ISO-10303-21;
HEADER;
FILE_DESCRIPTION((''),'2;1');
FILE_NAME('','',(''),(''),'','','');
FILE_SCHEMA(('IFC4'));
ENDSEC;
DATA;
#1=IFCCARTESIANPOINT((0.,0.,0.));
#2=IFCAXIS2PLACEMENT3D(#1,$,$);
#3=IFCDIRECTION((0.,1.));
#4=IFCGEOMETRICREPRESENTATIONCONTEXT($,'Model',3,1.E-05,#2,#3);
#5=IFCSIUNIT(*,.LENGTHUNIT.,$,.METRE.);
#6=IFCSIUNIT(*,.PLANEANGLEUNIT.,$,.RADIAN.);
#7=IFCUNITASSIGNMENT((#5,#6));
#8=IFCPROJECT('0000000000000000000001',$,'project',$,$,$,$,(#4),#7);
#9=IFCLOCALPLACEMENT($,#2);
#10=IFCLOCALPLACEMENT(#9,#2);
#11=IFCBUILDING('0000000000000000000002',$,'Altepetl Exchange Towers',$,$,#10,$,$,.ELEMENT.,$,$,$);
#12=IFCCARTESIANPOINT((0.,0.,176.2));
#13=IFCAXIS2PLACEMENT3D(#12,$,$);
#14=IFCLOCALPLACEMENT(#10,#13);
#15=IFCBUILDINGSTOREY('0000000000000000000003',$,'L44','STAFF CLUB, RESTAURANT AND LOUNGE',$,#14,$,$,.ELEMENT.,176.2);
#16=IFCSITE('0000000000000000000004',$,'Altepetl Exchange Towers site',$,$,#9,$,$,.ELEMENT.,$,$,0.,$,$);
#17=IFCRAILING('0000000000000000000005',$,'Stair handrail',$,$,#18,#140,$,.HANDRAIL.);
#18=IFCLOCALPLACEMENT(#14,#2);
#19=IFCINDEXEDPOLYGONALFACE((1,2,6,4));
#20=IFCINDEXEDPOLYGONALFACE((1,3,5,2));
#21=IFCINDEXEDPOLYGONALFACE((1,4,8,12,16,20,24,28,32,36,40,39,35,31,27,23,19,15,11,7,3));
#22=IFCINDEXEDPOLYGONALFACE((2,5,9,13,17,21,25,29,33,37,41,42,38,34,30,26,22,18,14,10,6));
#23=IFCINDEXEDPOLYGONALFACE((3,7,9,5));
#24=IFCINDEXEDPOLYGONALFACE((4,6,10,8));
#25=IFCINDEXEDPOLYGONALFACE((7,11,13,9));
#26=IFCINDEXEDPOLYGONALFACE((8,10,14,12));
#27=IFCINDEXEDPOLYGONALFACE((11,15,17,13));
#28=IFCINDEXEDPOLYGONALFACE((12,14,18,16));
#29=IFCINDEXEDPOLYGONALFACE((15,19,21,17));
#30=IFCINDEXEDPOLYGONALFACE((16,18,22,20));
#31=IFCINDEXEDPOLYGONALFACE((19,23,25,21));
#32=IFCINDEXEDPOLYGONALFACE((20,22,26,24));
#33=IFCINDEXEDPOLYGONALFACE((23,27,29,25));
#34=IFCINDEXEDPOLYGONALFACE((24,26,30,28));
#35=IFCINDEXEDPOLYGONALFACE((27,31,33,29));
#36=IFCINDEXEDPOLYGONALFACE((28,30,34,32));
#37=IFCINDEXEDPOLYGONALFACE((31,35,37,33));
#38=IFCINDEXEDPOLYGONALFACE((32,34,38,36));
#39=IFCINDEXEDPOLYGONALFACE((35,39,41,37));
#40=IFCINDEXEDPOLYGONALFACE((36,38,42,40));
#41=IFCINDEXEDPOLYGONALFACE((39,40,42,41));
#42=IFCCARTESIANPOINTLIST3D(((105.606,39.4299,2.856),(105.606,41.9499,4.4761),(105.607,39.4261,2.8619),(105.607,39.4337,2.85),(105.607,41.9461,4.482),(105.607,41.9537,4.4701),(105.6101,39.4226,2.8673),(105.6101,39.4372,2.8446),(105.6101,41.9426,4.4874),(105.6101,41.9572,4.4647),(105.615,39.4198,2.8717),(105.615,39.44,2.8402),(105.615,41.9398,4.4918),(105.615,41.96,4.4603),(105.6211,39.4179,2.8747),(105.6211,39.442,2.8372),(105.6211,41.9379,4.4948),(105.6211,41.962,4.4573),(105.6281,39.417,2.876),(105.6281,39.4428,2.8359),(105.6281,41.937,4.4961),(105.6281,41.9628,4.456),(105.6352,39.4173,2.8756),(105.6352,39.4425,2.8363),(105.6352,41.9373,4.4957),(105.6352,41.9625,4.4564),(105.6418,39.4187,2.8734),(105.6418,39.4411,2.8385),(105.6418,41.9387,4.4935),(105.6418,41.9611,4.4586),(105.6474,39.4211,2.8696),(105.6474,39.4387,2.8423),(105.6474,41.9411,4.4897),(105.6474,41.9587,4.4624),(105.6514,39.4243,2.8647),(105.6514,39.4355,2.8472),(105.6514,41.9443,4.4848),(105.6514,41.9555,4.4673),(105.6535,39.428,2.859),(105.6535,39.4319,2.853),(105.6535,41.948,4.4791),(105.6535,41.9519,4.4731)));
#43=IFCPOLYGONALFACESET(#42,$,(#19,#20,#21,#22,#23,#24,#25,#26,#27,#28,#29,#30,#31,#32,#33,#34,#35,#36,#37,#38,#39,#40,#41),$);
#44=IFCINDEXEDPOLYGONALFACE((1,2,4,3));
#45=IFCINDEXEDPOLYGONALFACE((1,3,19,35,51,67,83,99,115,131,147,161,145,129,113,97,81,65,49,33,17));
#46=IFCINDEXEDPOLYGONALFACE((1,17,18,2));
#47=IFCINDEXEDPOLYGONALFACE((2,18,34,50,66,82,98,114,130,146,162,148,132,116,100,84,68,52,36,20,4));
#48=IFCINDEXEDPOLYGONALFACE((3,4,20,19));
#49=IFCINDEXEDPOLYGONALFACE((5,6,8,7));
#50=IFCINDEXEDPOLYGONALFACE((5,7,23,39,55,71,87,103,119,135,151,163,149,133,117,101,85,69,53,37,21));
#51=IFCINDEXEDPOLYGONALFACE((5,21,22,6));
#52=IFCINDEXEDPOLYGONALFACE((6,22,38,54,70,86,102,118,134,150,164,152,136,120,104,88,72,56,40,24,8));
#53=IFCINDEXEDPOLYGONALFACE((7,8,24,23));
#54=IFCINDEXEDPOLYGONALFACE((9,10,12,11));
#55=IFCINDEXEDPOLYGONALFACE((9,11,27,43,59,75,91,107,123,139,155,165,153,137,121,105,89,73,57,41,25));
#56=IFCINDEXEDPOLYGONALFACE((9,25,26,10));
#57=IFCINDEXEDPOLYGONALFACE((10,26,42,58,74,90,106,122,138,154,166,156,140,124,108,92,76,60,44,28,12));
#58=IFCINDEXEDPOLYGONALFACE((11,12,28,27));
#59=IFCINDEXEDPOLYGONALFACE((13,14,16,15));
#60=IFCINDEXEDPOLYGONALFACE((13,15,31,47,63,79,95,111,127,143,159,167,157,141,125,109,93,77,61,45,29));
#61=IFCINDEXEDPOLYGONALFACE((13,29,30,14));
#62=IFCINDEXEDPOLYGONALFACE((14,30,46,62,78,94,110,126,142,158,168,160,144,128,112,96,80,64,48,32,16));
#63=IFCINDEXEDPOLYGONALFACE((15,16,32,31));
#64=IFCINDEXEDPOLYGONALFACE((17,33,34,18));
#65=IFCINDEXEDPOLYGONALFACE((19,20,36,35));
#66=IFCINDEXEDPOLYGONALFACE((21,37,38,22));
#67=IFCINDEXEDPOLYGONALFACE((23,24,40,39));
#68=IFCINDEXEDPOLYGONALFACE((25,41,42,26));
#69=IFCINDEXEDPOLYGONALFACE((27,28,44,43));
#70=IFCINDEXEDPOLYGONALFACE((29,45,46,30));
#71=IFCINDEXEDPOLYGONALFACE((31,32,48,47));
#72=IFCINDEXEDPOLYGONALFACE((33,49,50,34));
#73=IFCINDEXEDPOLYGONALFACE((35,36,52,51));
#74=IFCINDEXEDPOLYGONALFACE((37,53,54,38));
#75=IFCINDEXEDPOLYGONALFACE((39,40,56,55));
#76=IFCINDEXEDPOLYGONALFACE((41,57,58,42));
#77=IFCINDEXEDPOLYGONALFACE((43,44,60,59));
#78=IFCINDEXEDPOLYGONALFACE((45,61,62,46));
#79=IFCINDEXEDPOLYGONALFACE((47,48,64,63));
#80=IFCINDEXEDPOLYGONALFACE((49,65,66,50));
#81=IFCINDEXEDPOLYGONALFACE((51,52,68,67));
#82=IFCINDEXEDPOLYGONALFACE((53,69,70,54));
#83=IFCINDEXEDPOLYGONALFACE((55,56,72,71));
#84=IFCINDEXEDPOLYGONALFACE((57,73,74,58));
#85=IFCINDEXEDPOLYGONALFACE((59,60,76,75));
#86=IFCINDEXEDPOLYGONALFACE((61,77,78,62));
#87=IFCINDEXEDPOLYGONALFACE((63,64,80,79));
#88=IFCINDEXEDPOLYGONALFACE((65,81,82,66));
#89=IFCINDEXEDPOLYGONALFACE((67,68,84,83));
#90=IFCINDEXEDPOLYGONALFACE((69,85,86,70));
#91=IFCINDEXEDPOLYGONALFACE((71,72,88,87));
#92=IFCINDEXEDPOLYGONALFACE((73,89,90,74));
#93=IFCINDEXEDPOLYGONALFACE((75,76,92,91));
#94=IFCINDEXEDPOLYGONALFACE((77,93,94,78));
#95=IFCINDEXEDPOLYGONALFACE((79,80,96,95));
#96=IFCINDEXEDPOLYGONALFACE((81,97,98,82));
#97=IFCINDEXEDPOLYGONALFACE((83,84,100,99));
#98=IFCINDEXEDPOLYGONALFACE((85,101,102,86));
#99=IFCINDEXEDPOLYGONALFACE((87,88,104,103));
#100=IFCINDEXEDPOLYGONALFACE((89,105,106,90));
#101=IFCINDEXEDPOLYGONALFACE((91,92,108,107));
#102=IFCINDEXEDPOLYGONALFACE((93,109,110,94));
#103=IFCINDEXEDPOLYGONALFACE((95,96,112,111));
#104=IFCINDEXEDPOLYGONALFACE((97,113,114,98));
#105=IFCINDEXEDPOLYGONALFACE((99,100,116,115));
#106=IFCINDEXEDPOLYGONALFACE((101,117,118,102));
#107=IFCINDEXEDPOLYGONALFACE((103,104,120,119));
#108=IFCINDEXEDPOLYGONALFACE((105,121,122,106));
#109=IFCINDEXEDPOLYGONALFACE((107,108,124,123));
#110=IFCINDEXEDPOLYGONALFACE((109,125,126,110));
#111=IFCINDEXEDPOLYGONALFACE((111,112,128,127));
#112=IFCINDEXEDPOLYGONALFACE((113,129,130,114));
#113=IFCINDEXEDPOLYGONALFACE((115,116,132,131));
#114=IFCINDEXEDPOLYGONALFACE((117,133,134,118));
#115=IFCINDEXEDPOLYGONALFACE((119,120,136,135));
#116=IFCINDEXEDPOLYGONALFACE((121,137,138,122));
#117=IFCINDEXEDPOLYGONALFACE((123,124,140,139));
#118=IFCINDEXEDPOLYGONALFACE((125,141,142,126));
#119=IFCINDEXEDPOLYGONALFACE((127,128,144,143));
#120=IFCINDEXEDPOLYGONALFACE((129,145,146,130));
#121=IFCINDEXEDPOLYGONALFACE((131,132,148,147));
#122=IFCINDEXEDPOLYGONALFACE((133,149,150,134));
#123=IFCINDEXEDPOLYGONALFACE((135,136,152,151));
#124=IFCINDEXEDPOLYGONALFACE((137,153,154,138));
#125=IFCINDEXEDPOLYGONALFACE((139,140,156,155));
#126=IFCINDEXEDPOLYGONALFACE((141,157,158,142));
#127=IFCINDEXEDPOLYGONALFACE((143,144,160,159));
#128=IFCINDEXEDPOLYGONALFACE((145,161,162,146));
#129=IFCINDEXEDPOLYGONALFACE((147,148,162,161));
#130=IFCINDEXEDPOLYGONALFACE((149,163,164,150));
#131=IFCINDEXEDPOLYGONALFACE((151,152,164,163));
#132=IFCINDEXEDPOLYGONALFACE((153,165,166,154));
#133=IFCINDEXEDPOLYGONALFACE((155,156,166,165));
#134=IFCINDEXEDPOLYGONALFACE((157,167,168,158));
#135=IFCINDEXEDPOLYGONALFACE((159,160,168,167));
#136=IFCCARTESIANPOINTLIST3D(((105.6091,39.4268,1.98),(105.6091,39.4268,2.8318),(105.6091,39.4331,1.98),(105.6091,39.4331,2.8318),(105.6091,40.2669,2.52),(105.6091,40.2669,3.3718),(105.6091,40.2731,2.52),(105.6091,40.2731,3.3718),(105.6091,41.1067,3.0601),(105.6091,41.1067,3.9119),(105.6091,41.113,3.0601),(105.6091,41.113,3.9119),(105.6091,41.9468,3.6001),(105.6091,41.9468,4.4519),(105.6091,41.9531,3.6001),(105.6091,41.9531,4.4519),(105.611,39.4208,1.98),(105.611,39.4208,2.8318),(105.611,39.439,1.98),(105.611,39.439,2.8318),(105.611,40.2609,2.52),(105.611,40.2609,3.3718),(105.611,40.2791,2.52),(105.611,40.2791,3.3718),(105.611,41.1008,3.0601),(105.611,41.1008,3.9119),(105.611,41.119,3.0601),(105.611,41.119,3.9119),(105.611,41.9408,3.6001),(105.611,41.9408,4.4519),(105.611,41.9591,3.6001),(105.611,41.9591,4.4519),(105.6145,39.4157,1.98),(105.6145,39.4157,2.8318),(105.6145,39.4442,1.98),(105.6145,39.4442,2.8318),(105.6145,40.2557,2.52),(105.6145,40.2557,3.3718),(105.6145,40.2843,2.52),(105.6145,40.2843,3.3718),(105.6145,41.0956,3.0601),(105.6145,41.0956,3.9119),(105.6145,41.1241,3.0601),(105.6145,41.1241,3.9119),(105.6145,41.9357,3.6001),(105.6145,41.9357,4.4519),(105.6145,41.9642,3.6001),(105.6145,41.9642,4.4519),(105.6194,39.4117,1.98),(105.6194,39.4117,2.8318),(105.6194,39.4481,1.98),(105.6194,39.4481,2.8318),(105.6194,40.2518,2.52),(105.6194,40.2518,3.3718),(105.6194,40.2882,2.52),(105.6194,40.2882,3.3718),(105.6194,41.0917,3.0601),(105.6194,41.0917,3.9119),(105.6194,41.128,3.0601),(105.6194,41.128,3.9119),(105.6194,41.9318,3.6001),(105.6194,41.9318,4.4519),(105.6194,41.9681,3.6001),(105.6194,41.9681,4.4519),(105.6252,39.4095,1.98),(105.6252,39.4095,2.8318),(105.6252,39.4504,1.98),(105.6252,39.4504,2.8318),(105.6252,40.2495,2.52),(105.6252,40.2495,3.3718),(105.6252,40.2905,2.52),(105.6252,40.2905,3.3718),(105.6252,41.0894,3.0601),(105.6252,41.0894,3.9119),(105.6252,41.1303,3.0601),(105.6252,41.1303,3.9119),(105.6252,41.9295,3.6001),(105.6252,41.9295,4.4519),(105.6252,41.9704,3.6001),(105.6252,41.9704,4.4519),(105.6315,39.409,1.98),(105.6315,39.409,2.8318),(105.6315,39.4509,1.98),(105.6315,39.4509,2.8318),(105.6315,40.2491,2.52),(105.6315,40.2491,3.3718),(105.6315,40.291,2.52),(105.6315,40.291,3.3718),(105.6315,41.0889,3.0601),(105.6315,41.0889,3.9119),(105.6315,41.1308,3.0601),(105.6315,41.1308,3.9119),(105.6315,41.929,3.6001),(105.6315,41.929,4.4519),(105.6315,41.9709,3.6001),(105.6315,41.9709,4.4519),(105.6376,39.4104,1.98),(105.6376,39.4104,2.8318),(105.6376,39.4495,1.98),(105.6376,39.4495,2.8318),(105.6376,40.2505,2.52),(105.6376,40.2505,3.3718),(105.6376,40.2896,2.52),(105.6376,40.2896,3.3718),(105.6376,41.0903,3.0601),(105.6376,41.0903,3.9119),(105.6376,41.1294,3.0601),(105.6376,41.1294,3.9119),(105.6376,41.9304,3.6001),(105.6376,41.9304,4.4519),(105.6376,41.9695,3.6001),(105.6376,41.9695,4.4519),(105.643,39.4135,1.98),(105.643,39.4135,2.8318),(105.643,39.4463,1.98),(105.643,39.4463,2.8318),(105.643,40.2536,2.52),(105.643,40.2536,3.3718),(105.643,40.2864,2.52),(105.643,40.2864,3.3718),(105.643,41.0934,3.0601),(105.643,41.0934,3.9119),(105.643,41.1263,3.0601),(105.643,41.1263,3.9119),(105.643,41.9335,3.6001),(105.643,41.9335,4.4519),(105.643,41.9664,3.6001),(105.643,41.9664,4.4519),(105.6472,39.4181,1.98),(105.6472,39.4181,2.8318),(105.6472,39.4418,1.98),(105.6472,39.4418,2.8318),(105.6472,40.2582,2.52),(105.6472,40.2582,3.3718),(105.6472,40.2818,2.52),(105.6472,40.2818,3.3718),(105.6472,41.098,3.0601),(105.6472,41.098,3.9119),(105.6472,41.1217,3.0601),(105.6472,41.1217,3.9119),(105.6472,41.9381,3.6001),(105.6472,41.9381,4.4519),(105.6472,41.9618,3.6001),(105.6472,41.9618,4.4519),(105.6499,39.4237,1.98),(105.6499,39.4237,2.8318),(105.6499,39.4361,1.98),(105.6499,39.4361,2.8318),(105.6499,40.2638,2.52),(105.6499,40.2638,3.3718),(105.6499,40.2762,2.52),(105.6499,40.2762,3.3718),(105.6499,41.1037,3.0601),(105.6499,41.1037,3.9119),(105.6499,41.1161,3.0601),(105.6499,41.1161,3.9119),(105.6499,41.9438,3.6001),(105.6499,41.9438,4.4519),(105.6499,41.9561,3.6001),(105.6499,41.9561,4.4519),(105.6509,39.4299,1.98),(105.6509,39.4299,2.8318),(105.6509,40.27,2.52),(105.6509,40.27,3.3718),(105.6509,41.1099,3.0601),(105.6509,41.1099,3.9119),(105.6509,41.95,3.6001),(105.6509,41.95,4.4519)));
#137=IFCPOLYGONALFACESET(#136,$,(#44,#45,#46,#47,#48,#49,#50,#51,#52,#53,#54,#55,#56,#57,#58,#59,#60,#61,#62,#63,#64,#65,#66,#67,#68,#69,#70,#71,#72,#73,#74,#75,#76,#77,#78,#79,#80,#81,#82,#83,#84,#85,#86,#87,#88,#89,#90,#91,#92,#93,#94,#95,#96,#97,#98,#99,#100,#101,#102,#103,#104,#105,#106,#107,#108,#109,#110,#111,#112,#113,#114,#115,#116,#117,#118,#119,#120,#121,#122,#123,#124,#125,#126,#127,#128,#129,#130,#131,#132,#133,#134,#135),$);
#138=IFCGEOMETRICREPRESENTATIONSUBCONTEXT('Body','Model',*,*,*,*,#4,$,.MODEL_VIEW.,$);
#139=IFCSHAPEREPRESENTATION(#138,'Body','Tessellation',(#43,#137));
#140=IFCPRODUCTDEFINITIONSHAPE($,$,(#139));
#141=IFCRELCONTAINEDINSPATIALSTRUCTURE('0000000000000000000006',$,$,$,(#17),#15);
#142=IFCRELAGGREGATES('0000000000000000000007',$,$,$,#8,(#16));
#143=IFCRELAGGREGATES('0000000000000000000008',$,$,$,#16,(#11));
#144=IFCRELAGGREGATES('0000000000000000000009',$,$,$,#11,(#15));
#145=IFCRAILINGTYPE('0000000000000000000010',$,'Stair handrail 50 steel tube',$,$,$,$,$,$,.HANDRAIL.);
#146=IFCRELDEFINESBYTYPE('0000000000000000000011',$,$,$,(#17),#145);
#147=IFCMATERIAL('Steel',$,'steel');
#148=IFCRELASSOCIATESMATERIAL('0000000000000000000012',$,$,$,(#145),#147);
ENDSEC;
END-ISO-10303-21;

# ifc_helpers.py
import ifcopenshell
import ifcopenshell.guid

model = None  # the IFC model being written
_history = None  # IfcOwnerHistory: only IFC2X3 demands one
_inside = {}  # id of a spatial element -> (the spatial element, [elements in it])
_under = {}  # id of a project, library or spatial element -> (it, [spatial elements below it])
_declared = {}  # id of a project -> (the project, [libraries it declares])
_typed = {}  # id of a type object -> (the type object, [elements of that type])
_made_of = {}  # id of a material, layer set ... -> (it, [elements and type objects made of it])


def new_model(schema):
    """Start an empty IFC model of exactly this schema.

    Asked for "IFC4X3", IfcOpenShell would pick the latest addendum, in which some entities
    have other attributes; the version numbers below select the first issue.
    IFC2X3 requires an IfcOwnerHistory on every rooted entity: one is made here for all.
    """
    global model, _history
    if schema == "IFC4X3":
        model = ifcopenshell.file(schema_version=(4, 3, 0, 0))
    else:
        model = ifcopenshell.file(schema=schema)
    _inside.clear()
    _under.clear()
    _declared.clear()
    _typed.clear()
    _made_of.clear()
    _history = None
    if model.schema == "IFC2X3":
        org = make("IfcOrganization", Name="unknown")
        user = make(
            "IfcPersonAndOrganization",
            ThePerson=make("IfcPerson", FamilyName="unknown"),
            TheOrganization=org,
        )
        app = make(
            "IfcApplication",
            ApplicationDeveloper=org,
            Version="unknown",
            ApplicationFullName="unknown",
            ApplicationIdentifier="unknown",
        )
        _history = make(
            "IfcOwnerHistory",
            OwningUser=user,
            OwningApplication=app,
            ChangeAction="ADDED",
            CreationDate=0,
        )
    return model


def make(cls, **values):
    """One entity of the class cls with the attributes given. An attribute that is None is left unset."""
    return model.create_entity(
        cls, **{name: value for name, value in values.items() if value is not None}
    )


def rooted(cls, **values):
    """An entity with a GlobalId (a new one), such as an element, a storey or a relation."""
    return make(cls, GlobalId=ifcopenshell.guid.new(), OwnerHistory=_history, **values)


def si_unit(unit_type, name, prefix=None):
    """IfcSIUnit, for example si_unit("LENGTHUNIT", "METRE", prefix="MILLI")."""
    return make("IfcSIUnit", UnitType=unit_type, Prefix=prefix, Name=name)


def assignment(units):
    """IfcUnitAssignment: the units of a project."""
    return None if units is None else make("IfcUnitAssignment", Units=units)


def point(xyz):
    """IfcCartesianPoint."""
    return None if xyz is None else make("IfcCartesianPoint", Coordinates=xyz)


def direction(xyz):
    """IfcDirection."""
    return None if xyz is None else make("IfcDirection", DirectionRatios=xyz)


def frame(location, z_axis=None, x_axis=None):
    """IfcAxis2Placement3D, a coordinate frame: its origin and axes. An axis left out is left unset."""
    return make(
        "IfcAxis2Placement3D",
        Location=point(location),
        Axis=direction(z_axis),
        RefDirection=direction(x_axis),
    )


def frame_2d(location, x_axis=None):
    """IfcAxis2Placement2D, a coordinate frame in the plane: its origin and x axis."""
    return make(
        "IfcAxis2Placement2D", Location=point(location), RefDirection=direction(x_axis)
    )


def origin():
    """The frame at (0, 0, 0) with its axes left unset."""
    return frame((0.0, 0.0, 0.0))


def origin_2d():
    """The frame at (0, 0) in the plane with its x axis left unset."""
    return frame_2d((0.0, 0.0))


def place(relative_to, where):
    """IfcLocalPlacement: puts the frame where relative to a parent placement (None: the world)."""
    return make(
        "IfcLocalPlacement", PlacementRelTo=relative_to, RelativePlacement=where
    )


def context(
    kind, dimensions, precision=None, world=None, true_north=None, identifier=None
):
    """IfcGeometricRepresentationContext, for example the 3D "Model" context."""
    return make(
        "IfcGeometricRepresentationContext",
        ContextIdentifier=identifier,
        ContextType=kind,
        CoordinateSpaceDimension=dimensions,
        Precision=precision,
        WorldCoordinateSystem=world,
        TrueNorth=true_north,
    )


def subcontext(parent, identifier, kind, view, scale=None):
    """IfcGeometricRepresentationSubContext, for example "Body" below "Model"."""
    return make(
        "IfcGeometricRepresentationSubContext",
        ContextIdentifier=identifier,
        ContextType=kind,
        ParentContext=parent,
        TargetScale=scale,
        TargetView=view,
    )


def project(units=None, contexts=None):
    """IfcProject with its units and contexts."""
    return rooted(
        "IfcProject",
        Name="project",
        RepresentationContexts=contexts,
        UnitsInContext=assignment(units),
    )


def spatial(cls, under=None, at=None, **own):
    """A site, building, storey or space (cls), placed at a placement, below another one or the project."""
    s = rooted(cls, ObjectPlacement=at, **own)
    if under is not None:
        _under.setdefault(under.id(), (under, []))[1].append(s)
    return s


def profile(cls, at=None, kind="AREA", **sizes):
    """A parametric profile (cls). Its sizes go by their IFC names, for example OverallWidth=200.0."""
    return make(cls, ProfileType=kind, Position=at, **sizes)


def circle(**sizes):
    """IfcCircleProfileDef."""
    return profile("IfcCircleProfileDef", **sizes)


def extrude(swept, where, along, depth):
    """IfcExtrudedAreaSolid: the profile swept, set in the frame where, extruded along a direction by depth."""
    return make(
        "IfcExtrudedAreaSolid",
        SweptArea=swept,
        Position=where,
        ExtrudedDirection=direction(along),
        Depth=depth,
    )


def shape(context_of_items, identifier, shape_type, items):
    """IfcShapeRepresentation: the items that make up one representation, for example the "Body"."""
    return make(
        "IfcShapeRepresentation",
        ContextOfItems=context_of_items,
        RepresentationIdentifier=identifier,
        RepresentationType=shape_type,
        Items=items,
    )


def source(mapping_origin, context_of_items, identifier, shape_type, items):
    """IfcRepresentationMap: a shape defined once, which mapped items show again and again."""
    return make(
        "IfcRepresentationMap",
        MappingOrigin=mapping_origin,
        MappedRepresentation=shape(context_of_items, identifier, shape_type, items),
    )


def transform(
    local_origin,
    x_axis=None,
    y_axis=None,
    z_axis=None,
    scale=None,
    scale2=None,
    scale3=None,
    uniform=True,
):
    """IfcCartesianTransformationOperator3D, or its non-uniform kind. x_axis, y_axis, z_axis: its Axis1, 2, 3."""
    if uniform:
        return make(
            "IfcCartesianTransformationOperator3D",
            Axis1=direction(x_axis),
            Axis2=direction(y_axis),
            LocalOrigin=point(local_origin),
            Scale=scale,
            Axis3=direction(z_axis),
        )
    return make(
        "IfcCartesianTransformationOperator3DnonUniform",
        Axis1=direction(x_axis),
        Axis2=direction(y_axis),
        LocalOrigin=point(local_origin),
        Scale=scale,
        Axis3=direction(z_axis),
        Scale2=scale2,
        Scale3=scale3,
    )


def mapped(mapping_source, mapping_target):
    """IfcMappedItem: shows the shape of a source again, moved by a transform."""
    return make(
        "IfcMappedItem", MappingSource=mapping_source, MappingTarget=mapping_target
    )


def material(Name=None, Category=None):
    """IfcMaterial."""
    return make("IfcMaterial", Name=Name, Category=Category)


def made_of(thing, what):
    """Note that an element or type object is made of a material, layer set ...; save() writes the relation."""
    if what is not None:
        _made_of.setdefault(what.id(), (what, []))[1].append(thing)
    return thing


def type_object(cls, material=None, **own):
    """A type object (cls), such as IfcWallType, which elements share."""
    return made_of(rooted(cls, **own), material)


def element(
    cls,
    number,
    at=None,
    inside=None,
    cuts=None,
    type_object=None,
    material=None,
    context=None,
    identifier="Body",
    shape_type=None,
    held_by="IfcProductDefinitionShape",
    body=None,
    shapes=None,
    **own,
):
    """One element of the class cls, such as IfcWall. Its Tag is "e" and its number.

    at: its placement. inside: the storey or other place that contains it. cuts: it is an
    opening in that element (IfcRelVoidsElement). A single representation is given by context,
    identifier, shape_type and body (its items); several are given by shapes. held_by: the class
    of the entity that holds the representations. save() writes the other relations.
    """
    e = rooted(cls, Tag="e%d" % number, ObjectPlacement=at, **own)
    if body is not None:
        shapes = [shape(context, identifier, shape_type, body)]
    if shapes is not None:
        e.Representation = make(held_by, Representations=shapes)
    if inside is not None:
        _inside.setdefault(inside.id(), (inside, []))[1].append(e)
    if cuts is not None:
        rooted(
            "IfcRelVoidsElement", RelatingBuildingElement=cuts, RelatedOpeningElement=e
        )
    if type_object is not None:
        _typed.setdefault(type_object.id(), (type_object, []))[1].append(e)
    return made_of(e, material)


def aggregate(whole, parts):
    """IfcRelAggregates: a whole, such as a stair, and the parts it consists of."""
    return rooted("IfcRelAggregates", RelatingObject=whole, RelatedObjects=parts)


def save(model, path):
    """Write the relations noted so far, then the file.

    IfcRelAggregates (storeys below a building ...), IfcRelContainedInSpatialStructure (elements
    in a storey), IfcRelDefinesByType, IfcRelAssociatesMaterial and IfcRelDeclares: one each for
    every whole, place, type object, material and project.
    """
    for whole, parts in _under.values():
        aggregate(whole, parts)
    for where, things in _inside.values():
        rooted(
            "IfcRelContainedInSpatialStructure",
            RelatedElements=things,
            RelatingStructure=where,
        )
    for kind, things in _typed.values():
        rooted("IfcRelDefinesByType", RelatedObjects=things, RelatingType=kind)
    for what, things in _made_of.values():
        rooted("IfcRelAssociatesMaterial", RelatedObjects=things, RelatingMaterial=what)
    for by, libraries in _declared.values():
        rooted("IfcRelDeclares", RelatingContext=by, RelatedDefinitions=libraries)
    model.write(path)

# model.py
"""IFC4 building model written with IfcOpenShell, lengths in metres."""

from ifc_helpers import new_model, si_unit, direction, frame, origin, origin_2d, place, context, subcontext, project, spatial, circle, extrude, source, transform, mapped, material, type_object, element, save


model = new_model("IFC4")

# Units and contexts
model_context = context("Model", 3, precision=1e-05, world=origin(), true_north=direction((0.0, 1.0)))
body_context = subcontext(model_context, "Body", "Model", "MODEL_VIEW")
ifc_project = project(units=[si_unit("LENGTHUNIT", "METRE"), si_unit("PLANEANGLEUNIT", "RADIAN")], contexts=[model_context])

# Site, building, storey
site_placement = place(None, origin())
site = spatial("IfcSite", under=ifc_project, at=site_placement, Name="Altepetl Exchange Towers site", CompositionType="ELEMENT", RefElevation=0.0)
building_placement = place(site_placement, origin())
building = spatial("IfcBuilding", under=site, at=building_placement, Name="Altepetl Exchange Towers", CompositionType="ELEMENT")
storey_placement = place(building_placement, frame((0.0, 0.0, 176.2)))
storey = spatial("IfcBuildingStorey", under=building, at=storey_placement, Name="L44", Description="STAFF CLUB, RESTAURANT AND LOUNGE", CompositionType="ELEMENT", Elevation=176.2)

# Railing
ifc_material_1 = material(Name="Steel", Category="steel")
railing_type = type_object("IfcRailingType", Name="Stair handrail 50 steel tube", PredefinedType="HANDRAIL", material=ifc_material_1)
shared_shape = source(origin(), body_context, "Body", "SweptSolid", [
    extrude(circle(Radius=0.021, at=origin_2d()), origin(), (0.0, 0.0, 1.0), 0.8518),
])
railing_1_placement = place(storey_placement, frame((105.6299, 39.4299, 1.98)))
element("IfcRailing", 1, at=railing_1_placement, inside=storey, type_object=railing_type, Name="Stair handrail", PredefinedType="HANDRAIL", context=body_context, shape_type="SweptSolid", body=[
    extrude(circle(Radius=0.0239, at=origin_2d()), frame((0.0, 0.0, 0.876), z_axis=(0.0, 0.841163, 0.540782), x_axis=(-1.0, 0.0, 0.0)), (0.0, 0.0, 1.0), 2.9958),
    mapped(shared_shape, transform((0.0, 0.0, 0.0))),
    mapped(shared_shape, transform((0.0, 0.8401, 0.54))),
    mapped(shared_shape, transform((0.0, 1.6799, 1.0801))),
    mapped(shared_shape, transform((0.0, 2.52, 1.6201))),
])

save(model, "model.ifc")
